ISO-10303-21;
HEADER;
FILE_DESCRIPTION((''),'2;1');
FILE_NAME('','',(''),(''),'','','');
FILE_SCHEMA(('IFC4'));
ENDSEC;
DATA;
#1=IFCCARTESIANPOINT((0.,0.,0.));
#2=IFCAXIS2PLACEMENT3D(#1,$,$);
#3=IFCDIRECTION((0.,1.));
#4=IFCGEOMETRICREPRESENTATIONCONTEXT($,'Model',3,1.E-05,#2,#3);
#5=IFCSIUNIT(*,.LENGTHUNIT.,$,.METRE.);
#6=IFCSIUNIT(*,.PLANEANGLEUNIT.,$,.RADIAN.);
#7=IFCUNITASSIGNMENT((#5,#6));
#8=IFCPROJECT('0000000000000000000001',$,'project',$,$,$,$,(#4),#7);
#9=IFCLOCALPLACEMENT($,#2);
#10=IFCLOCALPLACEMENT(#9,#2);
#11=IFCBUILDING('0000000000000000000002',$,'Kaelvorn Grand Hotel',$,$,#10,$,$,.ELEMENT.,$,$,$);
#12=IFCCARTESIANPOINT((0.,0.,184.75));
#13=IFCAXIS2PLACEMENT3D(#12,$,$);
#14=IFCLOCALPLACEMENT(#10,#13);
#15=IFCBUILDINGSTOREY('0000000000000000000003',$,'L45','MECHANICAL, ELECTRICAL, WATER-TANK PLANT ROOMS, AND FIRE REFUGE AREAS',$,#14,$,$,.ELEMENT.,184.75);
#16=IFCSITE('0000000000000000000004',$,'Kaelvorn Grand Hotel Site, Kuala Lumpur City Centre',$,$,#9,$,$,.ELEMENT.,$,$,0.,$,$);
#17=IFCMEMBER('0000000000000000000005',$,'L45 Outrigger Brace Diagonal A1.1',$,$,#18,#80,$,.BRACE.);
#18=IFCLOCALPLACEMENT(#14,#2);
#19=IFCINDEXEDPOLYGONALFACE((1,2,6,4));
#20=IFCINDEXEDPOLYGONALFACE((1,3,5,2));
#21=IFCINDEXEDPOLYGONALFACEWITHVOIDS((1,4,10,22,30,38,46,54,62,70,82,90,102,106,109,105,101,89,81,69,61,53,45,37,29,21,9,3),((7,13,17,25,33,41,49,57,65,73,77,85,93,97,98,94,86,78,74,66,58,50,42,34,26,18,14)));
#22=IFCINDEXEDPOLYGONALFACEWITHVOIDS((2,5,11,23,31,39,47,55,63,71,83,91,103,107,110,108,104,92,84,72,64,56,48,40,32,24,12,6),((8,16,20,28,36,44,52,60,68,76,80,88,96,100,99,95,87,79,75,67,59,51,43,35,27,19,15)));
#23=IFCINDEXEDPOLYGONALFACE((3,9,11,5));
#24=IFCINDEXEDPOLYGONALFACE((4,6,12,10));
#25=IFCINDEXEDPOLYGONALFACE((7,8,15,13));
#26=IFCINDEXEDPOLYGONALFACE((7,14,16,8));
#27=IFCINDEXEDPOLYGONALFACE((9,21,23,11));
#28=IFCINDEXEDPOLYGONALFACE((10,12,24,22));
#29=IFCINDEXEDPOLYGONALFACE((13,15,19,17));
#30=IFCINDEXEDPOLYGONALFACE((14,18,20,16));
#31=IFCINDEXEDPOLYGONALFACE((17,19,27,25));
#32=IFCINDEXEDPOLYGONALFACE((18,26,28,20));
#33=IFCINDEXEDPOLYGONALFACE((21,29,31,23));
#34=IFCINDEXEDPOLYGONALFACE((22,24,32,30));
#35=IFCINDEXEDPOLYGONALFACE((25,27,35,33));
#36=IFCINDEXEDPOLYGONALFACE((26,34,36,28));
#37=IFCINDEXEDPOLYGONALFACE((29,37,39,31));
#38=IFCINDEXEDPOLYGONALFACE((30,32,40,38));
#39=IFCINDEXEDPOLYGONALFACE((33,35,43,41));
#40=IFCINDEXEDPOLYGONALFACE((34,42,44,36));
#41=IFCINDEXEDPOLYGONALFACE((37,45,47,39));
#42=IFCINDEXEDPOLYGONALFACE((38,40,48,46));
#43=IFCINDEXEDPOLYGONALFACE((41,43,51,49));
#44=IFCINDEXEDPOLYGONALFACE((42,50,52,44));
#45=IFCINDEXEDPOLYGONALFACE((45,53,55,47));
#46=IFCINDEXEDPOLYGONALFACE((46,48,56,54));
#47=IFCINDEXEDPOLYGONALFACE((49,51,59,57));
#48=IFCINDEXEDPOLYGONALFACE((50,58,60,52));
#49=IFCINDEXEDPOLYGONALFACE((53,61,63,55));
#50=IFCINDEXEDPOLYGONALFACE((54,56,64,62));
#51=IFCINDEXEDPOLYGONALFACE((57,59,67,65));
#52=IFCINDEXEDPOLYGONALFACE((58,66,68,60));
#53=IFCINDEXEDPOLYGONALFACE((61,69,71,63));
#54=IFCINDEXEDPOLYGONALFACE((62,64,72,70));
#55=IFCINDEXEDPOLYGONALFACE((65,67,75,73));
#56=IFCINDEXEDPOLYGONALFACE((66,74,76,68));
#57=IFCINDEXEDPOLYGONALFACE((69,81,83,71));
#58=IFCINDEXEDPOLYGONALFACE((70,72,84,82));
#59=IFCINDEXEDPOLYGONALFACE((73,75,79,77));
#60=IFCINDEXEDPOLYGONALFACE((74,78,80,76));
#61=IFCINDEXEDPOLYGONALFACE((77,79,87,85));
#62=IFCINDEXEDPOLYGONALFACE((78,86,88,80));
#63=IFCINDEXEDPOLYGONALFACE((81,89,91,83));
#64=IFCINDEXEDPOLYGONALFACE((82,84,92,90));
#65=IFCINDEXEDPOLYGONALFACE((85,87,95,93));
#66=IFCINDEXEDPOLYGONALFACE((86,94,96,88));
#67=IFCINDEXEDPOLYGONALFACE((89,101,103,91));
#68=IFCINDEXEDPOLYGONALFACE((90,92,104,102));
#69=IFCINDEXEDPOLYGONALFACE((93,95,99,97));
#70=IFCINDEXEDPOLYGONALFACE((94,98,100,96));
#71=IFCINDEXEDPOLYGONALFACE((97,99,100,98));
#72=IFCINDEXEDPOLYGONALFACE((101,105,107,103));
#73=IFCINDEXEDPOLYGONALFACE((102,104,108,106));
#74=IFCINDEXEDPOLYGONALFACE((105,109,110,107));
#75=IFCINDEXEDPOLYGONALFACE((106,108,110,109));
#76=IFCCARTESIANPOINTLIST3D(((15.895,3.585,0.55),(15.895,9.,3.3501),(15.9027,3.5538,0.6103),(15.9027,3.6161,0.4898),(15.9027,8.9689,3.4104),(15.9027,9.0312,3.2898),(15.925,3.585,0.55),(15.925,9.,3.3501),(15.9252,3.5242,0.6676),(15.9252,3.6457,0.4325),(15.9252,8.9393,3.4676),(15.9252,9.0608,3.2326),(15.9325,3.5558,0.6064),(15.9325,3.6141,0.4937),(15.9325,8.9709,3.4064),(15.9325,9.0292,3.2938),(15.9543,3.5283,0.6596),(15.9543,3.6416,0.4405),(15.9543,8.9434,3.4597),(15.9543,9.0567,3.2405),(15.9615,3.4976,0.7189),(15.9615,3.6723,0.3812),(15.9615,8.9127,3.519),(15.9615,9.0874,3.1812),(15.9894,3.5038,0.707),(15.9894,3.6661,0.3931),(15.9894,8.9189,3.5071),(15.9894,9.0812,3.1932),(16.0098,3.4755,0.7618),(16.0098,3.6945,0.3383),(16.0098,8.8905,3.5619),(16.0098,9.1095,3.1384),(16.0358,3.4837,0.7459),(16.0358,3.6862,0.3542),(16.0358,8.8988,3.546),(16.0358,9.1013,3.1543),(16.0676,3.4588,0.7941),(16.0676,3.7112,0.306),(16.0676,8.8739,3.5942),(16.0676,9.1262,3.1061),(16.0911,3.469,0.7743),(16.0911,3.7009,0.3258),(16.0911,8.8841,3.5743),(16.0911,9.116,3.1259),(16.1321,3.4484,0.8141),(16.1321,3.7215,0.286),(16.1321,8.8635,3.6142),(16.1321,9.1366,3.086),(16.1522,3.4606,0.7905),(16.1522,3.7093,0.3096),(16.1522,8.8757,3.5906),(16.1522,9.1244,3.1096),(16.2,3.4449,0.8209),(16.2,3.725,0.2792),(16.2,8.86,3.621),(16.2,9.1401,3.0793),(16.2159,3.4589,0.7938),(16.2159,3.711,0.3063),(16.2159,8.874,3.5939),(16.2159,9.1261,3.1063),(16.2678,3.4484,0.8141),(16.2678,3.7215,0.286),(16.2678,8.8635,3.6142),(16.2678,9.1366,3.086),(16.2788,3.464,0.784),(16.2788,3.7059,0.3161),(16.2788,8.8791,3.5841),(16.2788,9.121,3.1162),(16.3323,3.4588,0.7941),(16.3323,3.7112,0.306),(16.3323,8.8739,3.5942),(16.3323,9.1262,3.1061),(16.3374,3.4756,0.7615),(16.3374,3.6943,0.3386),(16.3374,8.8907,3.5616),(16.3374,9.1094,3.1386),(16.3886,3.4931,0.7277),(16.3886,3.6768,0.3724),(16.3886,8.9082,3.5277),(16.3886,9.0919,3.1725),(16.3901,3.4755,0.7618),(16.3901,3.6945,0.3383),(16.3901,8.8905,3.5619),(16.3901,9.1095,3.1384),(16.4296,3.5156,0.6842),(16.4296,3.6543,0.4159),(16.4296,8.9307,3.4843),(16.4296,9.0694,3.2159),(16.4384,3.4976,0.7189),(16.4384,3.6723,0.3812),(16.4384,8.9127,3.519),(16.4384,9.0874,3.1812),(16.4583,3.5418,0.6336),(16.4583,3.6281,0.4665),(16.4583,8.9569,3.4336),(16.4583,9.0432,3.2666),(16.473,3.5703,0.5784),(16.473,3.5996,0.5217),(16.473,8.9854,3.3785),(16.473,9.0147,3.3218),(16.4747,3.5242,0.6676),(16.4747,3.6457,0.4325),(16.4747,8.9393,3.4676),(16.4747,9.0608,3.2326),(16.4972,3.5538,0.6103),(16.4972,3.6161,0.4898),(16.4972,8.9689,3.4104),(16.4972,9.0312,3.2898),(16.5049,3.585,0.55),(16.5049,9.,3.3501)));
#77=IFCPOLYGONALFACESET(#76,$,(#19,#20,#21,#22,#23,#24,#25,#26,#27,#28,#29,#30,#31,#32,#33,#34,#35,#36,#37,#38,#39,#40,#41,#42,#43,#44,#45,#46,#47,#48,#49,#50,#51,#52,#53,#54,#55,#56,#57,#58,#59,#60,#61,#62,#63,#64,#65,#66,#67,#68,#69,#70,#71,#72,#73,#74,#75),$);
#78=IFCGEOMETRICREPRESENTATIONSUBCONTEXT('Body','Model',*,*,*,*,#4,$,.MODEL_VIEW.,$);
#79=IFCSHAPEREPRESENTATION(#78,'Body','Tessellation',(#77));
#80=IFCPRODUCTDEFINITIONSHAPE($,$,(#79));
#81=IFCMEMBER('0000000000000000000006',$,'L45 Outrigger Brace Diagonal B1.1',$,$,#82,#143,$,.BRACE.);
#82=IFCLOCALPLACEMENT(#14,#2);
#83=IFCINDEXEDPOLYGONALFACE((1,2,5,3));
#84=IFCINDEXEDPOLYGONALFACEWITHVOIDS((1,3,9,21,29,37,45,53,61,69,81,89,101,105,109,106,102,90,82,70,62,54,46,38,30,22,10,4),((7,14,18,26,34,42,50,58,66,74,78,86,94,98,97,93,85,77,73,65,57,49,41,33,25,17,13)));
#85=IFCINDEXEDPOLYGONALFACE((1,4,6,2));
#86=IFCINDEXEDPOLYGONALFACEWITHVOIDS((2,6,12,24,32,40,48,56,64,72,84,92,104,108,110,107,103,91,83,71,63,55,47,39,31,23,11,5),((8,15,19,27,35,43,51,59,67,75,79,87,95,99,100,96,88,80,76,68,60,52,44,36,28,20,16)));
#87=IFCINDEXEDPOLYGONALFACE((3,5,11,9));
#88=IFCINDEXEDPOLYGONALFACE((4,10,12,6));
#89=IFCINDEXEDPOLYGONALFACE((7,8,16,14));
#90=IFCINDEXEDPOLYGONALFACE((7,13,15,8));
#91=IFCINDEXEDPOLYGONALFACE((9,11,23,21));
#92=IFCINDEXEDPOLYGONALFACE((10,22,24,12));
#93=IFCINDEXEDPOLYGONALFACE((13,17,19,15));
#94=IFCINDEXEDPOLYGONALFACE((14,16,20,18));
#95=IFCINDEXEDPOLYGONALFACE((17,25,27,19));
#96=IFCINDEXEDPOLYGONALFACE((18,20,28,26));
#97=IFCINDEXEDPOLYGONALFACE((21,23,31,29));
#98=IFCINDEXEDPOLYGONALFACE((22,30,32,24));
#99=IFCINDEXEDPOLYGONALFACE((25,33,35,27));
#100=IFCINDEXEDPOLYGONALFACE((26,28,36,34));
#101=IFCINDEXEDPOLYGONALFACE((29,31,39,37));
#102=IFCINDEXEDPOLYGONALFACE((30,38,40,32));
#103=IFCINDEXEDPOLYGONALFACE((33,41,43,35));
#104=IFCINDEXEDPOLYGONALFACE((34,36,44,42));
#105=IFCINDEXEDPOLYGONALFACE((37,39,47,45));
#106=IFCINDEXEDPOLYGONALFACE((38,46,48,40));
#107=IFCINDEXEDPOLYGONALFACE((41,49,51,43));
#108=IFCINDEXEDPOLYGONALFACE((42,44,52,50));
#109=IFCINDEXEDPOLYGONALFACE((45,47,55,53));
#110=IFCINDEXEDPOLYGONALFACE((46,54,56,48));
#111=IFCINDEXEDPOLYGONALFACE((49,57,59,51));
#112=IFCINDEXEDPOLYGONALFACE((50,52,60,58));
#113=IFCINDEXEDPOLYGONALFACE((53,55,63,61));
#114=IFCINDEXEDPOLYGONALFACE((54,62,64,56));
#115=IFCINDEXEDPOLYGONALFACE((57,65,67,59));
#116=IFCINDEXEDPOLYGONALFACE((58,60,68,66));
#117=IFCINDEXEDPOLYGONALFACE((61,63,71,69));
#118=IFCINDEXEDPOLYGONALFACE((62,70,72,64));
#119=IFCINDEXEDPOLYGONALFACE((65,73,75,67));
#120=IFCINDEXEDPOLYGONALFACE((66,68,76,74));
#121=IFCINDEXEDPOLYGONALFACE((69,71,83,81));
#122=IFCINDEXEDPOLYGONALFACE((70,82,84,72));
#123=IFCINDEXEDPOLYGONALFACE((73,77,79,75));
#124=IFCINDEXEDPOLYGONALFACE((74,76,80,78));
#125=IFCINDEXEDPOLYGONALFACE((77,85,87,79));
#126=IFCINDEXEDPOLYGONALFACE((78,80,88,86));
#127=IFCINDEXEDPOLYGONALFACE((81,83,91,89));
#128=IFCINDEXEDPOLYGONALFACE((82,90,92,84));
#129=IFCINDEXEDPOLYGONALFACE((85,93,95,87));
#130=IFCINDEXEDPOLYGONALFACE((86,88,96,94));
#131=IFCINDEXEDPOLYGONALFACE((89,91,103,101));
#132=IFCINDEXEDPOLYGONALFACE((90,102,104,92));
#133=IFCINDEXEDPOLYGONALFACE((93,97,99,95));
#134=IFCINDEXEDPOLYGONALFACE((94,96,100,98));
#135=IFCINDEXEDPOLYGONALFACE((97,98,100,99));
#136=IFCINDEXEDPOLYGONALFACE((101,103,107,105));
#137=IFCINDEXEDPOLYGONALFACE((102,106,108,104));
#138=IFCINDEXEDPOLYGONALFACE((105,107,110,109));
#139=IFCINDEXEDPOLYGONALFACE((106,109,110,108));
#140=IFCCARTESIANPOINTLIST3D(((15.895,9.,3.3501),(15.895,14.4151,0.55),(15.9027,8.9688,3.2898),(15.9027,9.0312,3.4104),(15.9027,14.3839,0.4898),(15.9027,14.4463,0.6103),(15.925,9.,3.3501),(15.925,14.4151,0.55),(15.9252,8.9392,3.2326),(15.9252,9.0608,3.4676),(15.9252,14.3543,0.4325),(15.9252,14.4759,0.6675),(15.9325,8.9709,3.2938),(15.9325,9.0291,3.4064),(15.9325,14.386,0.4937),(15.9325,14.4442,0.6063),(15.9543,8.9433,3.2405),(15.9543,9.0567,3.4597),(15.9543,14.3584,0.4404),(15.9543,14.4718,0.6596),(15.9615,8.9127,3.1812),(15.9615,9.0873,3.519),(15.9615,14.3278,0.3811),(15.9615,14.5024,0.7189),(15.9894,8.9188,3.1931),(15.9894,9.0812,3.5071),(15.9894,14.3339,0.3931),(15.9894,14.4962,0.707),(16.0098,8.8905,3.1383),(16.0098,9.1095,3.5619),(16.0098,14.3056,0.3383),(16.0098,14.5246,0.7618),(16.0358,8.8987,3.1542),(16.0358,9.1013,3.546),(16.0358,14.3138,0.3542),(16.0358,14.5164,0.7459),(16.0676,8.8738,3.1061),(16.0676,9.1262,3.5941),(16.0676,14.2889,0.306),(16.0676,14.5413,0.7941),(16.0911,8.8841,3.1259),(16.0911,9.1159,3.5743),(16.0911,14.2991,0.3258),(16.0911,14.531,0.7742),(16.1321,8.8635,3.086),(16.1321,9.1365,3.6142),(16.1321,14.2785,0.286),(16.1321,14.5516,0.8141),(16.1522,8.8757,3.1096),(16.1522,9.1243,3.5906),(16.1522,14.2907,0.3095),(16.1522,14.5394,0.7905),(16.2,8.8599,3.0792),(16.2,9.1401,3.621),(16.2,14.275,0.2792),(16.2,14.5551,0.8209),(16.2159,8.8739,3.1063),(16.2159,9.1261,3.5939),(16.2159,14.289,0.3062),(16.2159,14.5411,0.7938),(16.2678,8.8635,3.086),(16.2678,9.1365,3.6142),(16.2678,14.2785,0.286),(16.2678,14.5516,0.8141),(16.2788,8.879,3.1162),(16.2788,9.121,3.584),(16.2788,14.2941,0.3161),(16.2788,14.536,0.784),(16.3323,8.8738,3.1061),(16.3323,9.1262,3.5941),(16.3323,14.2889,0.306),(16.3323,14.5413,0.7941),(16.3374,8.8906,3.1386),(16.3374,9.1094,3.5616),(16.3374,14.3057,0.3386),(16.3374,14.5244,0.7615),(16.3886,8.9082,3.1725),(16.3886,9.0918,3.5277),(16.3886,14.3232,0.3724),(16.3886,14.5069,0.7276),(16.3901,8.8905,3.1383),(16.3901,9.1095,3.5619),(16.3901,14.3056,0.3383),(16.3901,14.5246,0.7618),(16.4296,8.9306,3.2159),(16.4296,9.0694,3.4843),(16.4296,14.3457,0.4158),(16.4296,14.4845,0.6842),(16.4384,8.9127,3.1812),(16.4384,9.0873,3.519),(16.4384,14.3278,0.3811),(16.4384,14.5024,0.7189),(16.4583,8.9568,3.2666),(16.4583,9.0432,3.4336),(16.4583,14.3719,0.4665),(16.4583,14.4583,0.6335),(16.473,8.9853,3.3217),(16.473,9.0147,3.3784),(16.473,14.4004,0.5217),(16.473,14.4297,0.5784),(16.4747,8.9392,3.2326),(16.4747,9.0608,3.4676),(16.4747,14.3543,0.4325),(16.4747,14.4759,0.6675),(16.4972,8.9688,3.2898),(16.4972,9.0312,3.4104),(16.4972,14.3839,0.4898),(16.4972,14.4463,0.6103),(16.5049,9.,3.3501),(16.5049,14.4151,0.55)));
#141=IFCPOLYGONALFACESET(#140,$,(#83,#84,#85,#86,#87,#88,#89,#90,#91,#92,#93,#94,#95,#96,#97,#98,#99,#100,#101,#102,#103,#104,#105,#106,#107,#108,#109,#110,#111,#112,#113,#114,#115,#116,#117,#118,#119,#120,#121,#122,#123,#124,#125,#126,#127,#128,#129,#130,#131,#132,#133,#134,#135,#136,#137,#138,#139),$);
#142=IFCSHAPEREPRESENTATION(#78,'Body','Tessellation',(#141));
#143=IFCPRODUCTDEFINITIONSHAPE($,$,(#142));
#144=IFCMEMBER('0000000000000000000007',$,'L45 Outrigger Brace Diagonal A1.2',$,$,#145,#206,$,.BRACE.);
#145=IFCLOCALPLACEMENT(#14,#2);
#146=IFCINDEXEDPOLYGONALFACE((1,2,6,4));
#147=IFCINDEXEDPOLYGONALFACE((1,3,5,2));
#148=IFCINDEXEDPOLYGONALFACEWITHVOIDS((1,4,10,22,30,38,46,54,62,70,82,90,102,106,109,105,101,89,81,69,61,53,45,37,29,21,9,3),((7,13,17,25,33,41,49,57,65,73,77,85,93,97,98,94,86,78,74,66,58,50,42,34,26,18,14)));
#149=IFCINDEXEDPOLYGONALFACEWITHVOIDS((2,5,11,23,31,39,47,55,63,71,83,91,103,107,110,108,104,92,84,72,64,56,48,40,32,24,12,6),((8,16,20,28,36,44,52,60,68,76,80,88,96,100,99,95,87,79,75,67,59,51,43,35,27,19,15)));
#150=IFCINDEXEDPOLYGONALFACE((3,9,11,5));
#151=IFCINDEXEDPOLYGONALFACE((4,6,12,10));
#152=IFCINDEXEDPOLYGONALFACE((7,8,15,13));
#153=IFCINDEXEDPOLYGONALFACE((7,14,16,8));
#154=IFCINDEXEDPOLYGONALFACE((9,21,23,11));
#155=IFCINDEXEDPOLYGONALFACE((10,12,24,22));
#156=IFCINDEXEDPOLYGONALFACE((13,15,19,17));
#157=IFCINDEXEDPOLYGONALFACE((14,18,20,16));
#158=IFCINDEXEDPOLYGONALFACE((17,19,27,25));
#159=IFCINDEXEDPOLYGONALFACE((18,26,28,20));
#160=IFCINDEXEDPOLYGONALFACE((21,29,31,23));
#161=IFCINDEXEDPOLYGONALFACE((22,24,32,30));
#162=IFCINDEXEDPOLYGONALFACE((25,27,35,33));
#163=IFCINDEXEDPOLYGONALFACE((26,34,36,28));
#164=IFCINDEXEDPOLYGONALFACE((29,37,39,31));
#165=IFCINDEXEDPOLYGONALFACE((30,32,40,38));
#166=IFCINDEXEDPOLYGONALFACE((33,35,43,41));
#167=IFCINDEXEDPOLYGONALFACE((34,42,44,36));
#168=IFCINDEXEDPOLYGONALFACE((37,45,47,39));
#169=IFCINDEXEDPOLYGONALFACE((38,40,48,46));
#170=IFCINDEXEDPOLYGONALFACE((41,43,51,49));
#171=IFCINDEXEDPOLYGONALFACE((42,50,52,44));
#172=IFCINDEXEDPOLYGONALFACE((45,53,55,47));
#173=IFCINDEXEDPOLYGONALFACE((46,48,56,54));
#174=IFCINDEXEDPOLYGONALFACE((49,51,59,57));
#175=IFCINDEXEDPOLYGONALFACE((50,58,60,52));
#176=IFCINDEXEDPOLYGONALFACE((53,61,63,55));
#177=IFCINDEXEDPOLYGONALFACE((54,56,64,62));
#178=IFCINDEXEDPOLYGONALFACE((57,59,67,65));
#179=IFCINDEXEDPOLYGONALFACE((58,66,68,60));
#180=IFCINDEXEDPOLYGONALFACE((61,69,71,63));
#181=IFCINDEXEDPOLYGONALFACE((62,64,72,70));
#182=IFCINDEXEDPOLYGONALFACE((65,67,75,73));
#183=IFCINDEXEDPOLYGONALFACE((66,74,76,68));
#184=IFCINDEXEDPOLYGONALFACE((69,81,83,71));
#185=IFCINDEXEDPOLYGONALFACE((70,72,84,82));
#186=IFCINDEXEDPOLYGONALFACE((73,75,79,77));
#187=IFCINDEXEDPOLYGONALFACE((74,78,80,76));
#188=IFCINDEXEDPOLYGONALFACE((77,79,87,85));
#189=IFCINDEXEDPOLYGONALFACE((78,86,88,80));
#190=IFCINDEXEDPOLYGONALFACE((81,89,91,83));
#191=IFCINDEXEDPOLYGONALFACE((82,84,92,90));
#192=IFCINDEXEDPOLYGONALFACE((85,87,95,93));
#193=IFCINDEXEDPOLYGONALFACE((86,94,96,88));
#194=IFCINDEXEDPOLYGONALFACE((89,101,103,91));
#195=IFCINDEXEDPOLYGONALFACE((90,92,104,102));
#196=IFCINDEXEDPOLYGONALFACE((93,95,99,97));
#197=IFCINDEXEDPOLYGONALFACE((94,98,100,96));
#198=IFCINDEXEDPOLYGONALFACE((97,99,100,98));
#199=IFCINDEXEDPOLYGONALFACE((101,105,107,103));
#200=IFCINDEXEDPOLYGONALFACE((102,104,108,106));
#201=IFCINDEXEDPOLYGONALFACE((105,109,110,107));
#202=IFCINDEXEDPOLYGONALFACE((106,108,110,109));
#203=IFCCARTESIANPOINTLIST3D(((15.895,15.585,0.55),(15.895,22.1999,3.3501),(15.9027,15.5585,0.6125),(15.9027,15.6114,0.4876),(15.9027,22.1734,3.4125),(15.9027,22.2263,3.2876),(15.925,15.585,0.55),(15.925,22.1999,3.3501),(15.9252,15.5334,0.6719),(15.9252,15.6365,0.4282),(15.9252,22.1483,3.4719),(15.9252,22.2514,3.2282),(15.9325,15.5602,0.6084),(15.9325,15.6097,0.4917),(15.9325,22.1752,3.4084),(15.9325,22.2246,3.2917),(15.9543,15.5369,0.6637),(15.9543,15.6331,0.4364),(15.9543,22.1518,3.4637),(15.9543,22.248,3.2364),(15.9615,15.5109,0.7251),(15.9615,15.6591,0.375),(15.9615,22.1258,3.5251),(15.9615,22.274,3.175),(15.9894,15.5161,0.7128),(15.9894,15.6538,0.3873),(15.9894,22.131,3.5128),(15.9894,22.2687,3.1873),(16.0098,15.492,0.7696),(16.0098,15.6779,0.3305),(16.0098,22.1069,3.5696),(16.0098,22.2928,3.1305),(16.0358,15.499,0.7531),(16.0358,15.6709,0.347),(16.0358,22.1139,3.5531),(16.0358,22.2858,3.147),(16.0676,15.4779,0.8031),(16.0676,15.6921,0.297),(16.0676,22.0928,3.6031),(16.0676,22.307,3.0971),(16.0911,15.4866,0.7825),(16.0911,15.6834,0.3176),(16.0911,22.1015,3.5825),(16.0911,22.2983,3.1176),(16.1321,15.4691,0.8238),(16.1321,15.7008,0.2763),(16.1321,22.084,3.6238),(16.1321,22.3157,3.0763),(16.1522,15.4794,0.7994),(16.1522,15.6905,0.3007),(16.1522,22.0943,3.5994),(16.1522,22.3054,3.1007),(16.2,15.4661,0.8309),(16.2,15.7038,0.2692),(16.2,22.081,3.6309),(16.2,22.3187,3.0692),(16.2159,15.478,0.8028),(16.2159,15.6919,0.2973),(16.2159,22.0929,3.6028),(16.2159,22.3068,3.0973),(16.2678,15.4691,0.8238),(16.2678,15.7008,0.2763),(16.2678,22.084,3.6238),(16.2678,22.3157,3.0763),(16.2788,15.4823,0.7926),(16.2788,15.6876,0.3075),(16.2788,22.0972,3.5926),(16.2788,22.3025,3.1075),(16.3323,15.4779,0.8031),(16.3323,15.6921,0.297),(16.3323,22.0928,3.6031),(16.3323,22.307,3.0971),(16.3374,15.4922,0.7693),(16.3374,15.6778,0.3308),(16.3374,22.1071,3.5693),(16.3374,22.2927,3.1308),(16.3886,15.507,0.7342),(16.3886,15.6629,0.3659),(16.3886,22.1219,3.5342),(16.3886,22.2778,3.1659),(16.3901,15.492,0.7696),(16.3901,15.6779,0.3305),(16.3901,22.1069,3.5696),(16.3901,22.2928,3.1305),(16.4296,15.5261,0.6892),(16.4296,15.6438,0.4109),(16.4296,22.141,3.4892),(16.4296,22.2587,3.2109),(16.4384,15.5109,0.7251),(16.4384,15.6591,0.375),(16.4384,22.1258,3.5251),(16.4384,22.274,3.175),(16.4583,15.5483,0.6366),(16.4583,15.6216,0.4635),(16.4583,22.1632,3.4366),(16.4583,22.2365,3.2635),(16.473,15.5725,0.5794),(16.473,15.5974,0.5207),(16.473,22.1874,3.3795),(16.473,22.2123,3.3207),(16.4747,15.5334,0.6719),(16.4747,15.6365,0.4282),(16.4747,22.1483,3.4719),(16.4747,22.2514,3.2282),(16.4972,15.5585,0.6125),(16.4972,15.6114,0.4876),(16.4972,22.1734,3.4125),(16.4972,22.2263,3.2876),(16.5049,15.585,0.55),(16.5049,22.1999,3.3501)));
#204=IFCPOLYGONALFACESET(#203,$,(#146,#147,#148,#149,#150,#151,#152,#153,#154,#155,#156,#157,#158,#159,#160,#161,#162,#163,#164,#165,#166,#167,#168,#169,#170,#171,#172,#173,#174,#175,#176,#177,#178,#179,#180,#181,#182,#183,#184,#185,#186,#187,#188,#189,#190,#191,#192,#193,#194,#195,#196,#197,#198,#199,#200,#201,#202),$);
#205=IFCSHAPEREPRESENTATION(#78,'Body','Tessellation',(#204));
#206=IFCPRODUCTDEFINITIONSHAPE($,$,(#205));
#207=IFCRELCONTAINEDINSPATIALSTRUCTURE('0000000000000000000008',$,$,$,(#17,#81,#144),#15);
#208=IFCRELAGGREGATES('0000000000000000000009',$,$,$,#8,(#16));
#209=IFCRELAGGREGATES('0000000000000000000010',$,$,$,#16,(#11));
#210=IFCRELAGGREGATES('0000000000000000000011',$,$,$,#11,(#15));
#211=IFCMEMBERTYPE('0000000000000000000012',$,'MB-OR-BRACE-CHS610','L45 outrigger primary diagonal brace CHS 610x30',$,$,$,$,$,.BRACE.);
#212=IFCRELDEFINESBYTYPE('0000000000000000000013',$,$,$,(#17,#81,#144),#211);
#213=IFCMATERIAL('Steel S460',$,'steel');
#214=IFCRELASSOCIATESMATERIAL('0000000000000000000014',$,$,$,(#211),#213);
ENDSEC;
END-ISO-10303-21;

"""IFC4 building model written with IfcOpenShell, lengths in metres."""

from ifc_helpers import new_model, si_unit, direction, frame, origin, origin_2d, place, context, subcontext, project, spatial, hollow_circle, extrude, material, material_profile, profile_set, type_object, element, save


model = new_model("IFC4")

# Units and contexts
model_context = context("Model", 3, precision=1e-05, world=origin(), true_north=direction((0.0, 1.0)))
body_context = subcontext(model_context, "Body", "Model", "MODEL_VIEW")
ifc_project = project(units=[si_unit("LENGTHUNIT", "METRE"), si_unit("PLANEANGLEUNIT", "RADIAN")], contexts=[model_context])

# Site, building, storey
site_placement = place(None, origin())
site = spatial("IfcSite", under=ifc_project, at=site_placement, Name="Kaelvorn Grand Hotel Site, Kuala Lumpur City Centre", CompositionType="ELEMENT", RefElevation=0.0)
building_placement = place(site_placement, origin())
building = spatial("IfcBuilding", under=site, at=building_placement, Name="Kaelvorn Grand Hotel", CompositionType="ELEMENT")
storey_placement = place(building_placement, frame((0.0, 0.0, 184.75)))
storey = spatial("IfcBuildingStorey", under=building, at=storey_placement, Name="L45", Description="MECHANICAL, ELECTRICAL, WATER-TANK PLANT ROOMS, AND FIRE REFUGE AREAS", CompositionType="ELEMENT", Elevation=184.75)

# Shared definitions
ifc_material_1 = material(Name="Steel S460", Category="steel")

# Members
ifc_material_profile_1 = material_profile(ifc_material_1, hollow_circle(Radius=0.3049, WallThickness=0.03, at=origin_2d()), Name="CHS 610.0x30.0")
ifc_profile_set_1 = profile_set([ifc_material_profile_1], Name="Steel S460")
member_type_1 = type_object("IfcMemberType", Name="MB-OR-BRACE-CHS610", Description="L45 outrigger primary diagonal brace CHS 610x30", PredefinedType="BRACE", material=ifc_profile_set_1)
for number, where, z_axis, x_axis, name in (
    (1, (16.2, 3.585, 0.55), (0.0, 0.888273, 0.459315), (-1.0, 0.0, 0.0), "L45 Outrigger Brace Diagonal A1.1"),
    (2, (16.2, 9.0, 3.3501), (0.0, 0.888273, -0.459315), (-1.0, 0.0, 0.0), "L45 Outrigger Brace Diagonal B1.1"),
):
    element("IfcMember", number, at=place(storey_placement, frame(where, z_axis=z_axis, x_axis=x_axis)), inside=storey, type_object=member_type_1, Name=name, PredefinedType="BRACE", context=body_context, shape_type="SweptSolid", body=[
        extrude(hollow_circle(Radius=0.3049, WallThickness=0.03, at=origin_2d()), origin(), (0.0, 0.0, 1.0), 6.0962),
    ])
member_placement = place(storey_placement, frame((16.2, 15.585, 0.55), z_axis=(0.0, 0.920897, 0.389805), x_axis=(-1.0, 0.0, 0.0)))
element("IfcMember", 3, at=member_placement, inside=storey, type_object=member_type_1, Name="L45 Outrigger Brace Diagonal A1.2", PredefinedType="BRACE", context=body_context, shape_type="SweptSolid", body=[
    extrude(hollow_circle(Radius=0.3049, WallThickness=0.03, at=origin_2d()), origin(), (0.0, 0.0, 1.0), 7.1831),
])

save(model, "model.ifc")
